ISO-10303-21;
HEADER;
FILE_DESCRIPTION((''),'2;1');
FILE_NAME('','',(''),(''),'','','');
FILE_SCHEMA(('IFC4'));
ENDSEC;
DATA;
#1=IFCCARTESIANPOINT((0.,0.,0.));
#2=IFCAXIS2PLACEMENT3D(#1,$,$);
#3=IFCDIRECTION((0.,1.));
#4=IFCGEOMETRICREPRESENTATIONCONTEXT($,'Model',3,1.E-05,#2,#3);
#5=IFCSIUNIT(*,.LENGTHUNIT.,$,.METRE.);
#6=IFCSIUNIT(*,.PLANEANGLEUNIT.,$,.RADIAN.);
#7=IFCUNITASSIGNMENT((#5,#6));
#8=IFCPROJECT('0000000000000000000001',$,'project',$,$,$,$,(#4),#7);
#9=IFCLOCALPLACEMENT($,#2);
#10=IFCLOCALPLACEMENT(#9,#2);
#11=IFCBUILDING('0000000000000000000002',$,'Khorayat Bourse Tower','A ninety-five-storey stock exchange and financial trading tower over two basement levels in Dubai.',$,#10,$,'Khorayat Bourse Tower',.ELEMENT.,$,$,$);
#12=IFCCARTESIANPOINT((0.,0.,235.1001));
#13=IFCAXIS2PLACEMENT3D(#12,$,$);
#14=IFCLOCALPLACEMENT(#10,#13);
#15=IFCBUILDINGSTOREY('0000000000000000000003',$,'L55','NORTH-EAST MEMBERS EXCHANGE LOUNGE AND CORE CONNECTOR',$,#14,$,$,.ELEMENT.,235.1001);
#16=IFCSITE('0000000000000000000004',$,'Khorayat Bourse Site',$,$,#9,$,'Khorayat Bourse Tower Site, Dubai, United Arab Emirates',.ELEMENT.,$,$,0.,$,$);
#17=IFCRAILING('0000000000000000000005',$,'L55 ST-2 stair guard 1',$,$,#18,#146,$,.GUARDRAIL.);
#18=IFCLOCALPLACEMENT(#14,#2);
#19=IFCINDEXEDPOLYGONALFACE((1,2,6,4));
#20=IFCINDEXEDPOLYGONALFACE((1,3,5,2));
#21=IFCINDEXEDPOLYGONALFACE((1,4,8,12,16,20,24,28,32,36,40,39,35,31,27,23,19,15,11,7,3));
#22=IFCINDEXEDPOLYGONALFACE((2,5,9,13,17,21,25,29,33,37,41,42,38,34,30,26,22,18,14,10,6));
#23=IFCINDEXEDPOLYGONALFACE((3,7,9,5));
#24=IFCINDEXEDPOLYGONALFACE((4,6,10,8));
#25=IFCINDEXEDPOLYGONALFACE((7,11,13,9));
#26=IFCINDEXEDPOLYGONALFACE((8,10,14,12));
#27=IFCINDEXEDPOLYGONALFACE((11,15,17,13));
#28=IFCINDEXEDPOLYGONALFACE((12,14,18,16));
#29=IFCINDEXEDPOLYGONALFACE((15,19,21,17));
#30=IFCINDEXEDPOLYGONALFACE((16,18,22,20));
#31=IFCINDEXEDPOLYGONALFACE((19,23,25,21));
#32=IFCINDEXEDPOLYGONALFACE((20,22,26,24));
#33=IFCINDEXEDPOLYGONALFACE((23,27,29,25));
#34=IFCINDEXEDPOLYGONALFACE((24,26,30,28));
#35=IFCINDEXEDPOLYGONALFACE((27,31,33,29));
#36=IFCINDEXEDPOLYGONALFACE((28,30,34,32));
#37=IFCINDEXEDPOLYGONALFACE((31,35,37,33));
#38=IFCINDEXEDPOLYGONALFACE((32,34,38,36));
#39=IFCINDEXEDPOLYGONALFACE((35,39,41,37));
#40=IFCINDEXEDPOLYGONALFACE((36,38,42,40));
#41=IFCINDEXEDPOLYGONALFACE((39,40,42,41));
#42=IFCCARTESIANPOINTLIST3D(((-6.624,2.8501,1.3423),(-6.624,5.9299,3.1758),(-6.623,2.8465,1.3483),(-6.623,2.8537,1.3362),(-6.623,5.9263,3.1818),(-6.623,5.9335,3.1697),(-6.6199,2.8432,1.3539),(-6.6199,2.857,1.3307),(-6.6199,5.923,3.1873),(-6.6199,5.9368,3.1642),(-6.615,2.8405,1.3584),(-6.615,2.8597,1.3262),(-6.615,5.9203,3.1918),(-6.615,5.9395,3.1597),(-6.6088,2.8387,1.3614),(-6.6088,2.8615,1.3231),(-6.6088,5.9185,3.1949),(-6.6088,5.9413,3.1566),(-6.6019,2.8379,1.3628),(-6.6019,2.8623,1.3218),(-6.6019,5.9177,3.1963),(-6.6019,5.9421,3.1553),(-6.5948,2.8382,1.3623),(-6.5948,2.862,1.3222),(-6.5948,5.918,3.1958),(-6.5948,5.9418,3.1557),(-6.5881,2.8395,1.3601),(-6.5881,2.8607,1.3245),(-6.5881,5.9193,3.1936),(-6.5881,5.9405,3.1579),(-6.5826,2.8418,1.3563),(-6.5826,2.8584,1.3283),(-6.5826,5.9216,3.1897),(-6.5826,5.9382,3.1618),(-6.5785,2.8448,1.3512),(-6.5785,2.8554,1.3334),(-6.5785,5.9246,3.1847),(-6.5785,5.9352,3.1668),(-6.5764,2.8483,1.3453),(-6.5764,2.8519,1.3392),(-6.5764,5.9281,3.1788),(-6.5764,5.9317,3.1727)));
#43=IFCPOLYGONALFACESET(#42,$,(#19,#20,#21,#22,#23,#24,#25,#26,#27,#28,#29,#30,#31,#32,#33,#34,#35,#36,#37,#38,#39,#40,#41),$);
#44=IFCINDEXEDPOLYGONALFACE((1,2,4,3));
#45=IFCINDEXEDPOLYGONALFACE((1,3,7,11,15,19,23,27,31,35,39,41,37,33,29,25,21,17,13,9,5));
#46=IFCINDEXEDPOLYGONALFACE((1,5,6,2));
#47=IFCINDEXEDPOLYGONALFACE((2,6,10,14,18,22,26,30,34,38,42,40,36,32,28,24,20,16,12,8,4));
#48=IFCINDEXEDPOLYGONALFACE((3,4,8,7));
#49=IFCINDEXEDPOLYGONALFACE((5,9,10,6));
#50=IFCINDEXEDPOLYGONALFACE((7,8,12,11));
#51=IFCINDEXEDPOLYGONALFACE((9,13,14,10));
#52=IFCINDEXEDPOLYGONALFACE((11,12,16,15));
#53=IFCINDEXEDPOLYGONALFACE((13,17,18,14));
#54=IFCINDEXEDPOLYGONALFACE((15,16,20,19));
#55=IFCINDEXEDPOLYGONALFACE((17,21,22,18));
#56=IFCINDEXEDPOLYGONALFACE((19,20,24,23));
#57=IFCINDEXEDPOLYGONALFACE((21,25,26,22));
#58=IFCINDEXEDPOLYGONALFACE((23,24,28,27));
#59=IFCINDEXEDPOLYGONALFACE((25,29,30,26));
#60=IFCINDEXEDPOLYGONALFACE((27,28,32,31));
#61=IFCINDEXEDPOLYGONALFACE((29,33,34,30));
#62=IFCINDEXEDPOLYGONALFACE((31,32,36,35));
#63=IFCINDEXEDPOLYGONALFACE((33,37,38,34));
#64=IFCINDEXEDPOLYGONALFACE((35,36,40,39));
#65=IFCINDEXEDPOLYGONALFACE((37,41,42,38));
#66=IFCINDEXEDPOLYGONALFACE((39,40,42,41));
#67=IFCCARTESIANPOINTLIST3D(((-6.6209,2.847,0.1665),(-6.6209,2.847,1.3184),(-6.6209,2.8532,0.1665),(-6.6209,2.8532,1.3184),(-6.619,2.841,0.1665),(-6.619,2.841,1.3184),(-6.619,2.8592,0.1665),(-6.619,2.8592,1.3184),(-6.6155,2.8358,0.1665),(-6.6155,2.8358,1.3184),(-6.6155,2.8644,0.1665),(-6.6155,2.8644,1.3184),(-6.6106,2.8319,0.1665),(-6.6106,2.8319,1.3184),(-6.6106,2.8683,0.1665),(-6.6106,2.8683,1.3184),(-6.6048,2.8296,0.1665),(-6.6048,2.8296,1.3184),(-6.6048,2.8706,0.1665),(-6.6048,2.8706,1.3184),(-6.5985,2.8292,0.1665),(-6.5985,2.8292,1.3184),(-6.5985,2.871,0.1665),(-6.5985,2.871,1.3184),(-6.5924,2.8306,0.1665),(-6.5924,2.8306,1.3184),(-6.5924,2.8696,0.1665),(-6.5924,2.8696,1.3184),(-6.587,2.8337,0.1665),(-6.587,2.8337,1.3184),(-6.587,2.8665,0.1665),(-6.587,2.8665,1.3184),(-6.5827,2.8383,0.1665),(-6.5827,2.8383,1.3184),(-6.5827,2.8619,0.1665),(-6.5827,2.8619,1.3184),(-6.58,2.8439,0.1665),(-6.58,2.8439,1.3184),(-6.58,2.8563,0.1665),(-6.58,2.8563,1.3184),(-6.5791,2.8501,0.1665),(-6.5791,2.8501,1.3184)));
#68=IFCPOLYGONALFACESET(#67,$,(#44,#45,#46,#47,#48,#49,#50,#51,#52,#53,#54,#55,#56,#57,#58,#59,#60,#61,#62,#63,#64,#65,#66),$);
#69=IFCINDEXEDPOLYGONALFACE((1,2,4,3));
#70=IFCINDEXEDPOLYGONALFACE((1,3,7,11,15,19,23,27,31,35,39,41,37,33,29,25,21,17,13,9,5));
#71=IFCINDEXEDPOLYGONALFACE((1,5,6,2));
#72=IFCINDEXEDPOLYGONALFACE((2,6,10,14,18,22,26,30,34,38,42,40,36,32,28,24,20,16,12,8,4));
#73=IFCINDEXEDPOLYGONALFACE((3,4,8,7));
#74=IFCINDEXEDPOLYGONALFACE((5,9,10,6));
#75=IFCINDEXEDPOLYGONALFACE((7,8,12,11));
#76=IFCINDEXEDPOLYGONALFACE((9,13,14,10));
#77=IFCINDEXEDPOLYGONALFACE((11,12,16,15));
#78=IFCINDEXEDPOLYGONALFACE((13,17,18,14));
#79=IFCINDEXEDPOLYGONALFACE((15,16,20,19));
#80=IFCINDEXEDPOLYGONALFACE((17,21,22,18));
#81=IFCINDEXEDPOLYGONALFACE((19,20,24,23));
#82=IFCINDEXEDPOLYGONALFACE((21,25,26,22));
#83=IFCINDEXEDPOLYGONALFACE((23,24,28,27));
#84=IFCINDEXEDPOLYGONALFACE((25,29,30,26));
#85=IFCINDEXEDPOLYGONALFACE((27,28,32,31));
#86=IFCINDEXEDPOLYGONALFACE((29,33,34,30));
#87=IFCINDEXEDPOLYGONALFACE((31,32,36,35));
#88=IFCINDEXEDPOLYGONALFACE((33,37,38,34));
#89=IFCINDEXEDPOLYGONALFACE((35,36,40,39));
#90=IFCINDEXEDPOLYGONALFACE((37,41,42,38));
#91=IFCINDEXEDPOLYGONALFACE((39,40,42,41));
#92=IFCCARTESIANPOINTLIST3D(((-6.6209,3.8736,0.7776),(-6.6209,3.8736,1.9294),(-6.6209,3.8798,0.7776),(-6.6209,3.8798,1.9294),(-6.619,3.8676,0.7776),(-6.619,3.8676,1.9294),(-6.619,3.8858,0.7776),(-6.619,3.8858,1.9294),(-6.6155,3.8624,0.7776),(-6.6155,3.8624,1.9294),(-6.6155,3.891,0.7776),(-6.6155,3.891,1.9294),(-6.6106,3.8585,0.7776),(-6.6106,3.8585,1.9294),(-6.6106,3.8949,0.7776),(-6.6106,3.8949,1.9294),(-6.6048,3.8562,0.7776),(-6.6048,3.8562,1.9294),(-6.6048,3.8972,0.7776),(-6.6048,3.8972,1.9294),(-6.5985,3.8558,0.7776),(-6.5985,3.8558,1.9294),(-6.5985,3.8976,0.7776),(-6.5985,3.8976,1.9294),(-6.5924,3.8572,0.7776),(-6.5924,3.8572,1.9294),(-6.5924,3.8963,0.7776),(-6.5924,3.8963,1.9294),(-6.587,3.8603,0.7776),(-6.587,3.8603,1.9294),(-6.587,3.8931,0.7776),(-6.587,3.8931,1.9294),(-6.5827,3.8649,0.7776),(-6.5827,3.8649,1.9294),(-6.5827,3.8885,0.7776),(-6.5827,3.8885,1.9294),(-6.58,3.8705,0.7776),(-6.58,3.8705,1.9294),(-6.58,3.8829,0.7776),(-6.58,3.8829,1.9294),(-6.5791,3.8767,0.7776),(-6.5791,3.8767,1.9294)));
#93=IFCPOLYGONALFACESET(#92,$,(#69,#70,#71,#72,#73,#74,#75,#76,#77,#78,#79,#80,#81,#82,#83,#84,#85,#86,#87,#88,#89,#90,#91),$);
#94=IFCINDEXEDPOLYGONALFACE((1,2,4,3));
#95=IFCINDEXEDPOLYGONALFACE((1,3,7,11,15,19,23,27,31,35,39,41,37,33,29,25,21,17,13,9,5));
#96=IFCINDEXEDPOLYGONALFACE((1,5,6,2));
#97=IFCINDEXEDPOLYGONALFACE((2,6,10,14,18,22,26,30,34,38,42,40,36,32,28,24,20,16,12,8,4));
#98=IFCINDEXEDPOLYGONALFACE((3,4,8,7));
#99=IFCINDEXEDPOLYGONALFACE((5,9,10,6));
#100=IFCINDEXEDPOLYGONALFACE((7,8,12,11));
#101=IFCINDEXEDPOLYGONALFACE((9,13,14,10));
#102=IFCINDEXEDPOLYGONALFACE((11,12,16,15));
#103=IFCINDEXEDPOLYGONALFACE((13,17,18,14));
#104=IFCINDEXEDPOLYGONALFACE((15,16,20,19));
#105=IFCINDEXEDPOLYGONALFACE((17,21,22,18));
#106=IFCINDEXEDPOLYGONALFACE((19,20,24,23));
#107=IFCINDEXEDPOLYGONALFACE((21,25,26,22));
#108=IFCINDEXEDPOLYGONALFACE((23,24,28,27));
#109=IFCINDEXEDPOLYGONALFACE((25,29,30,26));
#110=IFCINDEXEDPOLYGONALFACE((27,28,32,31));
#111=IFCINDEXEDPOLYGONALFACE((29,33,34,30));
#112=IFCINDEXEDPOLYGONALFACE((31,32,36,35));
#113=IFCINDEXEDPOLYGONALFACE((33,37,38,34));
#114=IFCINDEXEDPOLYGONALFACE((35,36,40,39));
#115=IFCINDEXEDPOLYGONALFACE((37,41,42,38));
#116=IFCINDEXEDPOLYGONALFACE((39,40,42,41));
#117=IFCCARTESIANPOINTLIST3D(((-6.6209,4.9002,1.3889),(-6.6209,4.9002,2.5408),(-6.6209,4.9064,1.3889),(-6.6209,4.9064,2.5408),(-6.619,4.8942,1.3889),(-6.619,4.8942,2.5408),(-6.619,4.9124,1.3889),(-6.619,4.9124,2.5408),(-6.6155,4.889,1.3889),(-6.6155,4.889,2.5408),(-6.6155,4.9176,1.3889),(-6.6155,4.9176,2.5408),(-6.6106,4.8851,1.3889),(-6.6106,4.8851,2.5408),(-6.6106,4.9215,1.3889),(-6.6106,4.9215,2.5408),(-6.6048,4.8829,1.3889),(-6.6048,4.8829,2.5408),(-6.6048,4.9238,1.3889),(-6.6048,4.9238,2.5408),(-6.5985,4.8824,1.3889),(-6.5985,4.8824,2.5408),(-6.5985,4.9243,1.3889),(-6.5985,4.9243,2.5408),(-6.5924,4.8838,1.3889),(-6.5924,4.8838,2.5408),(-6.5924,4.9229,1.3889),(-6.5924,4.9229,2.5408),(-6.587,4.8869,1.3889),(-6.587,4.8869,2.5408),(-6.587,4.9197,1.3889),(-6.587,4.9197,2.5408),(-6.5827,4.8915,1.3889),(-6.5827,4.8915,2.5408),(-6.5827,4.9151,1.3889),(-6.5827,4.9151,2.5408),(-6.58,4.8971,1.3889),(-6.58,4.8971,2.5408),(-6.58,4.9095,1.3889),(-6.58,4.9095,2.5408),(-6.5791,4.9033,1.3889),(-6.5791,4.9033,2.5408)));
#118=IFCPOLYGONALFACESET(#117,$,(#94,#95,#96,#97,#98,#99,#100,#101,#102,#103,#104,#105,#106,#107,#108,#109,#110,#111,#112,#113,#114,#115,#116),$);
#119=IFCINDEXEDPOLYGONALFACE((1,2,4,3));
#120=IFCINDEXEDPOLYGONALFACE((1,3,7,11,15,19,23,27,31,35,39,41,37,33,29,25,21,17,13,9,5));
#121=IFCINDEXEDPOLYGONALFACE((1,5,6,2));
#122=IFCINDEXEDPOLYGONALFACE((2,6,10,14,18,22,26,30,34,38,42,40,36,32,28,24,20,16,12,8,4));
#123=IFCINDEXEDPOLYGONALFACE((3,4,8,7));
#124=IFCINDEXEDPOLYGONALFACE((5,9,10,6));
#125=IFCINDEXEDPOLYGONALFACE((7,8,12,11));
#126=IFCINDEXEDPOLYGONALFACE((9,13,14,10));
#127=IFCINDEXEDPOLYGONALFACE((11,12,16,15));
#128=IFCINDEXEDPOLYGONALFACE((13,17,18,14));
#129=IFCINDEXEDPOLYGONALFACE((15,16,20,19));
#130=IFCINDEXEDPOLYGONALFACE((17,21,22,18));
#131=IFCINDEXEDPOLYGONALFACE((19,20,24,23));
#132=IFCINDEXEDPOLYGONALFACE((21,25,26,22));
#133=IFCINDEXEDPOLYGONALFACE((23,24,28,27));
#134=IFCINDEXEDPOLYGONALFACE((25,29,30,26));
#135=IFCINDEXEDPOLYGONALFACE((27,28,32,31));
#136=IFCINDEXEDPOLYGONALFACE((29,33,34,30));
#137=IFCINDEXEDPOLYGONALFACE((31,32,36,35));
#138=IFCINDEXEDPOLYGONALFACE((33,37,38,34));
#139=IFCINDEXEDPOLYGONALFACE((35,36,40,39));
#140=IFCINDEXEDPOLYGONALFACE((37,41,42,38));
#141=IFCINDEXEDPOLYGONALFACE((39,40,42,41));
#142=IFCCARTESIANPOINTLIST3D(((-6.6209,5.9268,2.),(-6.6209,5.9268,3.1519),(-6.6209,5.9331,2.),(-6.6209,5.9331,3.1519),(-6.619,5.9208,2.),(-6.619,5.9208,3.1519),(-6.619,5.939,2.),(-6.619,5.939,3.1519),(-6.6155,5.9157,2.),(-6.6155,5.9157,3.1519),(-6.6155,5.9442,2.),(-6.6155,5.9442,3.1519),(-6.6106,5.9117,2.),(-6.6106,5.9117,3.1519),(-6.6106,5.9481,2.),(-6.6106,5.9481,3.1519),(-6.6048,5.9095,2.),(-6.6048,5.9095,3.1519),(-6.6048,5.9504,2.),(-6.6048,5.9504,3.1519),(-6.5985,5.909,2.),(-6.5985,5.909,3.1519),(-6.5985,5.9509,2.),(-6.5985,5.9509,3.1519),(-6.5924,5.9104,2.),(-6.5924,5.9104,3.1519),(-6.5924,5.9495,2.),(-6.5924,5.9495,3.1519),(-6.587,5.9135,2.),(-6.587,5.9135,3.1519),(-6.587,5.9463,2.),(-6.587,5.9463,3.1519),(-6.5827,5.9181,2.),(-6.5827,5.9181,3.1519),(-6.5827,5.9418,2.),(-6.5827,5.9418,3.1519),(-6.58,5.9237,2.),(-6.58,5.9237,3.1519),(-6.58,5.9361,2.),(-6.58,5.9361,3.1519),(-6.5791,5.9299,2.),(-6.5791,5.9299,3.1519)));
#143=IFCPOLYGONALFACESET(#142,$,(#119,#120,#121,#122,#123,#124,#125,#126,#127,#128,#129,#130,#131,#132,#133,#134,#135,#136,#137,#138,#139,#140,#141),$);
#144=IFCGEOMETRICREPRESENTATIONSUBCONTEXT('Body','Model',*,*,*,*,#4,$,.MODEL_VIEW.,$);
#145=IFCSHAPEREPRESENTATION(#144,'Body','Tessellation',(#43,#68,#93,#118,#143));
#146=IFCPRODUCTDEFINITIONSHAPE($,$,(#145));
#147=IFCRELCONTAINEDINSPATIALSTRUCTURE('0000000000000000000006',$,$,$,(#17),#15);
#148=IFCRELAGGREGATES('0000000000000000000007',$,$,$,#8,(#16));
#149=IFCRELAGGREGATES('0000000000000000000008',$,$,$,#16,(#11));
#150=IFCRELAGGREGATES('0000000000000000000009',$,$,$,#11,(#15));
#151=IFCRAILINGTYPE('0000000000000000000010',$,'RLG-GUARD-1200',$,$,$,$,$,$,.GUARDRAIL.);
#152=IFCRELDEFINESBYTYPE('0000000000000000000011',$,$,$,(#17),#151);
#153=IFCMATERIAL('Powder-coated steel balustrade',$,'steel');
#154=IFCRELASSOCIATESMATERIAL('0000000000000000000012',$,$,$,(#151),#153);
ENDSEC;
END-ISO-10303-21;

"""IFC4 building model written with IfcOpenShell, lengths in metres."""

from ifc_helpers import new_model, si_unit, direction, frame, origin, origin_2d, place, context, subcontext, project, spatial, circle, extrude, source, transform, mapped, material, type_object, element, save


model = new_model("IFC4")

# Units and contexts
model_context = context("Model", 3, precision=1e-05, world=origin(), true_north=direction((0.0, 1.0)))
body_context = subcontext(model_context, "Body", "Model", "MODEL_VIEW")
ifc_project = project(units=[si_unit("LENGTHUNIT", "METRE"), si_unit("PLANEANGLEUNIT", "RADIAN")], contexts=[model_context])

# Site, building, storey
site_placement = place(None, origin())
site = spatial("IfcSite", under=ifc_project, at=site_placement, Name="Khorayat Bourse Site", LongName="Khorayat Bourse Tower Site, Dubai, United Arab Emirates", CompositionType="ELEMENT", RefElevation=0.0)
building_placement = place(site_placement, origin())
building = spatial("IfcBuilding", under=site, at=building_placement, Name="Khorayat Bourse Tower", Description="A ninety-five-storey stock exchange and financial trading tower over two basement levels in Dubai.", LongName="Khorayat Bourse Tower", CompositionType="ELEMENT")
storey_placement = place(building_placement, frame((0.0, 0.0, 235.1001)))
storey = spatial("IfcBuildingStorey", under=building, at=storey_placement, Name="L55", Description="NORTH-EAST MEMBERS EXCHANGE LOUNGE AND CORE CONNECTOR", CompositionType="ELEMENT", Elevation=235.1001)

# Railing
ifc_material_1 = material(Name="Powder-coated steel balustrade", Category="steel")
railing_type_1 = type_object("IfcRailingType", Name="RLG-GUARD-1200", PredefinedType="GUARDRAIL", material=ifc_material_1)
shared_shape_1 = source(origin(), body_context, "Body", "SweptSolid", [
    extrude(circle(Radius=0.0239, at=origin_2d()), frame((0.0, 0.0, 1.1758), z_axis=(0.0, 0.859261, 0.511538), x_axis=(-1.0, 0.0, 0.0)), (0.0, 0.0, 1.0), 3.5842),
    extrude(circle(Radius=0.021, at=origin_2d()), origin(), (0.0, 0.0, 1.0), 1.1519),
    extrude(circle(Radius=0.021, at=origin_2d()), frame((0.0, 1.0266, 0.6111)), (0.0, 0.0, 1.0), 1.1519),
    extrude(circle(Radius=0.021, at=origin_2d()), frame((0.0, 2.0532, 1.2224)), (0.0, 0.0, 1.0), 1.1519),
    extrude(circle(Radius=0.021, at=origin_2d()), frame((0.0, 3.0798, 1.8335)), (0.0, 0.0, 1.0), 1.1519),
])
railing_1_placement = place(storey_placement, frame((-6.6001, 2.8501, 0.1665)))
element("IfcRailing", 1, at=railing_1_placement, inside=storey, type_object=railing_type_1, Name="L55 ST-2 stair guard 1", PredefinedType="GUARDRAIL", context=body_context, shape_type="MappedRepresentation", body=[
    mapped(shared_shape_1, transform((0.0, 0.0, 0.0), scale=1.0)),
])

save(model, "model.ifc")
